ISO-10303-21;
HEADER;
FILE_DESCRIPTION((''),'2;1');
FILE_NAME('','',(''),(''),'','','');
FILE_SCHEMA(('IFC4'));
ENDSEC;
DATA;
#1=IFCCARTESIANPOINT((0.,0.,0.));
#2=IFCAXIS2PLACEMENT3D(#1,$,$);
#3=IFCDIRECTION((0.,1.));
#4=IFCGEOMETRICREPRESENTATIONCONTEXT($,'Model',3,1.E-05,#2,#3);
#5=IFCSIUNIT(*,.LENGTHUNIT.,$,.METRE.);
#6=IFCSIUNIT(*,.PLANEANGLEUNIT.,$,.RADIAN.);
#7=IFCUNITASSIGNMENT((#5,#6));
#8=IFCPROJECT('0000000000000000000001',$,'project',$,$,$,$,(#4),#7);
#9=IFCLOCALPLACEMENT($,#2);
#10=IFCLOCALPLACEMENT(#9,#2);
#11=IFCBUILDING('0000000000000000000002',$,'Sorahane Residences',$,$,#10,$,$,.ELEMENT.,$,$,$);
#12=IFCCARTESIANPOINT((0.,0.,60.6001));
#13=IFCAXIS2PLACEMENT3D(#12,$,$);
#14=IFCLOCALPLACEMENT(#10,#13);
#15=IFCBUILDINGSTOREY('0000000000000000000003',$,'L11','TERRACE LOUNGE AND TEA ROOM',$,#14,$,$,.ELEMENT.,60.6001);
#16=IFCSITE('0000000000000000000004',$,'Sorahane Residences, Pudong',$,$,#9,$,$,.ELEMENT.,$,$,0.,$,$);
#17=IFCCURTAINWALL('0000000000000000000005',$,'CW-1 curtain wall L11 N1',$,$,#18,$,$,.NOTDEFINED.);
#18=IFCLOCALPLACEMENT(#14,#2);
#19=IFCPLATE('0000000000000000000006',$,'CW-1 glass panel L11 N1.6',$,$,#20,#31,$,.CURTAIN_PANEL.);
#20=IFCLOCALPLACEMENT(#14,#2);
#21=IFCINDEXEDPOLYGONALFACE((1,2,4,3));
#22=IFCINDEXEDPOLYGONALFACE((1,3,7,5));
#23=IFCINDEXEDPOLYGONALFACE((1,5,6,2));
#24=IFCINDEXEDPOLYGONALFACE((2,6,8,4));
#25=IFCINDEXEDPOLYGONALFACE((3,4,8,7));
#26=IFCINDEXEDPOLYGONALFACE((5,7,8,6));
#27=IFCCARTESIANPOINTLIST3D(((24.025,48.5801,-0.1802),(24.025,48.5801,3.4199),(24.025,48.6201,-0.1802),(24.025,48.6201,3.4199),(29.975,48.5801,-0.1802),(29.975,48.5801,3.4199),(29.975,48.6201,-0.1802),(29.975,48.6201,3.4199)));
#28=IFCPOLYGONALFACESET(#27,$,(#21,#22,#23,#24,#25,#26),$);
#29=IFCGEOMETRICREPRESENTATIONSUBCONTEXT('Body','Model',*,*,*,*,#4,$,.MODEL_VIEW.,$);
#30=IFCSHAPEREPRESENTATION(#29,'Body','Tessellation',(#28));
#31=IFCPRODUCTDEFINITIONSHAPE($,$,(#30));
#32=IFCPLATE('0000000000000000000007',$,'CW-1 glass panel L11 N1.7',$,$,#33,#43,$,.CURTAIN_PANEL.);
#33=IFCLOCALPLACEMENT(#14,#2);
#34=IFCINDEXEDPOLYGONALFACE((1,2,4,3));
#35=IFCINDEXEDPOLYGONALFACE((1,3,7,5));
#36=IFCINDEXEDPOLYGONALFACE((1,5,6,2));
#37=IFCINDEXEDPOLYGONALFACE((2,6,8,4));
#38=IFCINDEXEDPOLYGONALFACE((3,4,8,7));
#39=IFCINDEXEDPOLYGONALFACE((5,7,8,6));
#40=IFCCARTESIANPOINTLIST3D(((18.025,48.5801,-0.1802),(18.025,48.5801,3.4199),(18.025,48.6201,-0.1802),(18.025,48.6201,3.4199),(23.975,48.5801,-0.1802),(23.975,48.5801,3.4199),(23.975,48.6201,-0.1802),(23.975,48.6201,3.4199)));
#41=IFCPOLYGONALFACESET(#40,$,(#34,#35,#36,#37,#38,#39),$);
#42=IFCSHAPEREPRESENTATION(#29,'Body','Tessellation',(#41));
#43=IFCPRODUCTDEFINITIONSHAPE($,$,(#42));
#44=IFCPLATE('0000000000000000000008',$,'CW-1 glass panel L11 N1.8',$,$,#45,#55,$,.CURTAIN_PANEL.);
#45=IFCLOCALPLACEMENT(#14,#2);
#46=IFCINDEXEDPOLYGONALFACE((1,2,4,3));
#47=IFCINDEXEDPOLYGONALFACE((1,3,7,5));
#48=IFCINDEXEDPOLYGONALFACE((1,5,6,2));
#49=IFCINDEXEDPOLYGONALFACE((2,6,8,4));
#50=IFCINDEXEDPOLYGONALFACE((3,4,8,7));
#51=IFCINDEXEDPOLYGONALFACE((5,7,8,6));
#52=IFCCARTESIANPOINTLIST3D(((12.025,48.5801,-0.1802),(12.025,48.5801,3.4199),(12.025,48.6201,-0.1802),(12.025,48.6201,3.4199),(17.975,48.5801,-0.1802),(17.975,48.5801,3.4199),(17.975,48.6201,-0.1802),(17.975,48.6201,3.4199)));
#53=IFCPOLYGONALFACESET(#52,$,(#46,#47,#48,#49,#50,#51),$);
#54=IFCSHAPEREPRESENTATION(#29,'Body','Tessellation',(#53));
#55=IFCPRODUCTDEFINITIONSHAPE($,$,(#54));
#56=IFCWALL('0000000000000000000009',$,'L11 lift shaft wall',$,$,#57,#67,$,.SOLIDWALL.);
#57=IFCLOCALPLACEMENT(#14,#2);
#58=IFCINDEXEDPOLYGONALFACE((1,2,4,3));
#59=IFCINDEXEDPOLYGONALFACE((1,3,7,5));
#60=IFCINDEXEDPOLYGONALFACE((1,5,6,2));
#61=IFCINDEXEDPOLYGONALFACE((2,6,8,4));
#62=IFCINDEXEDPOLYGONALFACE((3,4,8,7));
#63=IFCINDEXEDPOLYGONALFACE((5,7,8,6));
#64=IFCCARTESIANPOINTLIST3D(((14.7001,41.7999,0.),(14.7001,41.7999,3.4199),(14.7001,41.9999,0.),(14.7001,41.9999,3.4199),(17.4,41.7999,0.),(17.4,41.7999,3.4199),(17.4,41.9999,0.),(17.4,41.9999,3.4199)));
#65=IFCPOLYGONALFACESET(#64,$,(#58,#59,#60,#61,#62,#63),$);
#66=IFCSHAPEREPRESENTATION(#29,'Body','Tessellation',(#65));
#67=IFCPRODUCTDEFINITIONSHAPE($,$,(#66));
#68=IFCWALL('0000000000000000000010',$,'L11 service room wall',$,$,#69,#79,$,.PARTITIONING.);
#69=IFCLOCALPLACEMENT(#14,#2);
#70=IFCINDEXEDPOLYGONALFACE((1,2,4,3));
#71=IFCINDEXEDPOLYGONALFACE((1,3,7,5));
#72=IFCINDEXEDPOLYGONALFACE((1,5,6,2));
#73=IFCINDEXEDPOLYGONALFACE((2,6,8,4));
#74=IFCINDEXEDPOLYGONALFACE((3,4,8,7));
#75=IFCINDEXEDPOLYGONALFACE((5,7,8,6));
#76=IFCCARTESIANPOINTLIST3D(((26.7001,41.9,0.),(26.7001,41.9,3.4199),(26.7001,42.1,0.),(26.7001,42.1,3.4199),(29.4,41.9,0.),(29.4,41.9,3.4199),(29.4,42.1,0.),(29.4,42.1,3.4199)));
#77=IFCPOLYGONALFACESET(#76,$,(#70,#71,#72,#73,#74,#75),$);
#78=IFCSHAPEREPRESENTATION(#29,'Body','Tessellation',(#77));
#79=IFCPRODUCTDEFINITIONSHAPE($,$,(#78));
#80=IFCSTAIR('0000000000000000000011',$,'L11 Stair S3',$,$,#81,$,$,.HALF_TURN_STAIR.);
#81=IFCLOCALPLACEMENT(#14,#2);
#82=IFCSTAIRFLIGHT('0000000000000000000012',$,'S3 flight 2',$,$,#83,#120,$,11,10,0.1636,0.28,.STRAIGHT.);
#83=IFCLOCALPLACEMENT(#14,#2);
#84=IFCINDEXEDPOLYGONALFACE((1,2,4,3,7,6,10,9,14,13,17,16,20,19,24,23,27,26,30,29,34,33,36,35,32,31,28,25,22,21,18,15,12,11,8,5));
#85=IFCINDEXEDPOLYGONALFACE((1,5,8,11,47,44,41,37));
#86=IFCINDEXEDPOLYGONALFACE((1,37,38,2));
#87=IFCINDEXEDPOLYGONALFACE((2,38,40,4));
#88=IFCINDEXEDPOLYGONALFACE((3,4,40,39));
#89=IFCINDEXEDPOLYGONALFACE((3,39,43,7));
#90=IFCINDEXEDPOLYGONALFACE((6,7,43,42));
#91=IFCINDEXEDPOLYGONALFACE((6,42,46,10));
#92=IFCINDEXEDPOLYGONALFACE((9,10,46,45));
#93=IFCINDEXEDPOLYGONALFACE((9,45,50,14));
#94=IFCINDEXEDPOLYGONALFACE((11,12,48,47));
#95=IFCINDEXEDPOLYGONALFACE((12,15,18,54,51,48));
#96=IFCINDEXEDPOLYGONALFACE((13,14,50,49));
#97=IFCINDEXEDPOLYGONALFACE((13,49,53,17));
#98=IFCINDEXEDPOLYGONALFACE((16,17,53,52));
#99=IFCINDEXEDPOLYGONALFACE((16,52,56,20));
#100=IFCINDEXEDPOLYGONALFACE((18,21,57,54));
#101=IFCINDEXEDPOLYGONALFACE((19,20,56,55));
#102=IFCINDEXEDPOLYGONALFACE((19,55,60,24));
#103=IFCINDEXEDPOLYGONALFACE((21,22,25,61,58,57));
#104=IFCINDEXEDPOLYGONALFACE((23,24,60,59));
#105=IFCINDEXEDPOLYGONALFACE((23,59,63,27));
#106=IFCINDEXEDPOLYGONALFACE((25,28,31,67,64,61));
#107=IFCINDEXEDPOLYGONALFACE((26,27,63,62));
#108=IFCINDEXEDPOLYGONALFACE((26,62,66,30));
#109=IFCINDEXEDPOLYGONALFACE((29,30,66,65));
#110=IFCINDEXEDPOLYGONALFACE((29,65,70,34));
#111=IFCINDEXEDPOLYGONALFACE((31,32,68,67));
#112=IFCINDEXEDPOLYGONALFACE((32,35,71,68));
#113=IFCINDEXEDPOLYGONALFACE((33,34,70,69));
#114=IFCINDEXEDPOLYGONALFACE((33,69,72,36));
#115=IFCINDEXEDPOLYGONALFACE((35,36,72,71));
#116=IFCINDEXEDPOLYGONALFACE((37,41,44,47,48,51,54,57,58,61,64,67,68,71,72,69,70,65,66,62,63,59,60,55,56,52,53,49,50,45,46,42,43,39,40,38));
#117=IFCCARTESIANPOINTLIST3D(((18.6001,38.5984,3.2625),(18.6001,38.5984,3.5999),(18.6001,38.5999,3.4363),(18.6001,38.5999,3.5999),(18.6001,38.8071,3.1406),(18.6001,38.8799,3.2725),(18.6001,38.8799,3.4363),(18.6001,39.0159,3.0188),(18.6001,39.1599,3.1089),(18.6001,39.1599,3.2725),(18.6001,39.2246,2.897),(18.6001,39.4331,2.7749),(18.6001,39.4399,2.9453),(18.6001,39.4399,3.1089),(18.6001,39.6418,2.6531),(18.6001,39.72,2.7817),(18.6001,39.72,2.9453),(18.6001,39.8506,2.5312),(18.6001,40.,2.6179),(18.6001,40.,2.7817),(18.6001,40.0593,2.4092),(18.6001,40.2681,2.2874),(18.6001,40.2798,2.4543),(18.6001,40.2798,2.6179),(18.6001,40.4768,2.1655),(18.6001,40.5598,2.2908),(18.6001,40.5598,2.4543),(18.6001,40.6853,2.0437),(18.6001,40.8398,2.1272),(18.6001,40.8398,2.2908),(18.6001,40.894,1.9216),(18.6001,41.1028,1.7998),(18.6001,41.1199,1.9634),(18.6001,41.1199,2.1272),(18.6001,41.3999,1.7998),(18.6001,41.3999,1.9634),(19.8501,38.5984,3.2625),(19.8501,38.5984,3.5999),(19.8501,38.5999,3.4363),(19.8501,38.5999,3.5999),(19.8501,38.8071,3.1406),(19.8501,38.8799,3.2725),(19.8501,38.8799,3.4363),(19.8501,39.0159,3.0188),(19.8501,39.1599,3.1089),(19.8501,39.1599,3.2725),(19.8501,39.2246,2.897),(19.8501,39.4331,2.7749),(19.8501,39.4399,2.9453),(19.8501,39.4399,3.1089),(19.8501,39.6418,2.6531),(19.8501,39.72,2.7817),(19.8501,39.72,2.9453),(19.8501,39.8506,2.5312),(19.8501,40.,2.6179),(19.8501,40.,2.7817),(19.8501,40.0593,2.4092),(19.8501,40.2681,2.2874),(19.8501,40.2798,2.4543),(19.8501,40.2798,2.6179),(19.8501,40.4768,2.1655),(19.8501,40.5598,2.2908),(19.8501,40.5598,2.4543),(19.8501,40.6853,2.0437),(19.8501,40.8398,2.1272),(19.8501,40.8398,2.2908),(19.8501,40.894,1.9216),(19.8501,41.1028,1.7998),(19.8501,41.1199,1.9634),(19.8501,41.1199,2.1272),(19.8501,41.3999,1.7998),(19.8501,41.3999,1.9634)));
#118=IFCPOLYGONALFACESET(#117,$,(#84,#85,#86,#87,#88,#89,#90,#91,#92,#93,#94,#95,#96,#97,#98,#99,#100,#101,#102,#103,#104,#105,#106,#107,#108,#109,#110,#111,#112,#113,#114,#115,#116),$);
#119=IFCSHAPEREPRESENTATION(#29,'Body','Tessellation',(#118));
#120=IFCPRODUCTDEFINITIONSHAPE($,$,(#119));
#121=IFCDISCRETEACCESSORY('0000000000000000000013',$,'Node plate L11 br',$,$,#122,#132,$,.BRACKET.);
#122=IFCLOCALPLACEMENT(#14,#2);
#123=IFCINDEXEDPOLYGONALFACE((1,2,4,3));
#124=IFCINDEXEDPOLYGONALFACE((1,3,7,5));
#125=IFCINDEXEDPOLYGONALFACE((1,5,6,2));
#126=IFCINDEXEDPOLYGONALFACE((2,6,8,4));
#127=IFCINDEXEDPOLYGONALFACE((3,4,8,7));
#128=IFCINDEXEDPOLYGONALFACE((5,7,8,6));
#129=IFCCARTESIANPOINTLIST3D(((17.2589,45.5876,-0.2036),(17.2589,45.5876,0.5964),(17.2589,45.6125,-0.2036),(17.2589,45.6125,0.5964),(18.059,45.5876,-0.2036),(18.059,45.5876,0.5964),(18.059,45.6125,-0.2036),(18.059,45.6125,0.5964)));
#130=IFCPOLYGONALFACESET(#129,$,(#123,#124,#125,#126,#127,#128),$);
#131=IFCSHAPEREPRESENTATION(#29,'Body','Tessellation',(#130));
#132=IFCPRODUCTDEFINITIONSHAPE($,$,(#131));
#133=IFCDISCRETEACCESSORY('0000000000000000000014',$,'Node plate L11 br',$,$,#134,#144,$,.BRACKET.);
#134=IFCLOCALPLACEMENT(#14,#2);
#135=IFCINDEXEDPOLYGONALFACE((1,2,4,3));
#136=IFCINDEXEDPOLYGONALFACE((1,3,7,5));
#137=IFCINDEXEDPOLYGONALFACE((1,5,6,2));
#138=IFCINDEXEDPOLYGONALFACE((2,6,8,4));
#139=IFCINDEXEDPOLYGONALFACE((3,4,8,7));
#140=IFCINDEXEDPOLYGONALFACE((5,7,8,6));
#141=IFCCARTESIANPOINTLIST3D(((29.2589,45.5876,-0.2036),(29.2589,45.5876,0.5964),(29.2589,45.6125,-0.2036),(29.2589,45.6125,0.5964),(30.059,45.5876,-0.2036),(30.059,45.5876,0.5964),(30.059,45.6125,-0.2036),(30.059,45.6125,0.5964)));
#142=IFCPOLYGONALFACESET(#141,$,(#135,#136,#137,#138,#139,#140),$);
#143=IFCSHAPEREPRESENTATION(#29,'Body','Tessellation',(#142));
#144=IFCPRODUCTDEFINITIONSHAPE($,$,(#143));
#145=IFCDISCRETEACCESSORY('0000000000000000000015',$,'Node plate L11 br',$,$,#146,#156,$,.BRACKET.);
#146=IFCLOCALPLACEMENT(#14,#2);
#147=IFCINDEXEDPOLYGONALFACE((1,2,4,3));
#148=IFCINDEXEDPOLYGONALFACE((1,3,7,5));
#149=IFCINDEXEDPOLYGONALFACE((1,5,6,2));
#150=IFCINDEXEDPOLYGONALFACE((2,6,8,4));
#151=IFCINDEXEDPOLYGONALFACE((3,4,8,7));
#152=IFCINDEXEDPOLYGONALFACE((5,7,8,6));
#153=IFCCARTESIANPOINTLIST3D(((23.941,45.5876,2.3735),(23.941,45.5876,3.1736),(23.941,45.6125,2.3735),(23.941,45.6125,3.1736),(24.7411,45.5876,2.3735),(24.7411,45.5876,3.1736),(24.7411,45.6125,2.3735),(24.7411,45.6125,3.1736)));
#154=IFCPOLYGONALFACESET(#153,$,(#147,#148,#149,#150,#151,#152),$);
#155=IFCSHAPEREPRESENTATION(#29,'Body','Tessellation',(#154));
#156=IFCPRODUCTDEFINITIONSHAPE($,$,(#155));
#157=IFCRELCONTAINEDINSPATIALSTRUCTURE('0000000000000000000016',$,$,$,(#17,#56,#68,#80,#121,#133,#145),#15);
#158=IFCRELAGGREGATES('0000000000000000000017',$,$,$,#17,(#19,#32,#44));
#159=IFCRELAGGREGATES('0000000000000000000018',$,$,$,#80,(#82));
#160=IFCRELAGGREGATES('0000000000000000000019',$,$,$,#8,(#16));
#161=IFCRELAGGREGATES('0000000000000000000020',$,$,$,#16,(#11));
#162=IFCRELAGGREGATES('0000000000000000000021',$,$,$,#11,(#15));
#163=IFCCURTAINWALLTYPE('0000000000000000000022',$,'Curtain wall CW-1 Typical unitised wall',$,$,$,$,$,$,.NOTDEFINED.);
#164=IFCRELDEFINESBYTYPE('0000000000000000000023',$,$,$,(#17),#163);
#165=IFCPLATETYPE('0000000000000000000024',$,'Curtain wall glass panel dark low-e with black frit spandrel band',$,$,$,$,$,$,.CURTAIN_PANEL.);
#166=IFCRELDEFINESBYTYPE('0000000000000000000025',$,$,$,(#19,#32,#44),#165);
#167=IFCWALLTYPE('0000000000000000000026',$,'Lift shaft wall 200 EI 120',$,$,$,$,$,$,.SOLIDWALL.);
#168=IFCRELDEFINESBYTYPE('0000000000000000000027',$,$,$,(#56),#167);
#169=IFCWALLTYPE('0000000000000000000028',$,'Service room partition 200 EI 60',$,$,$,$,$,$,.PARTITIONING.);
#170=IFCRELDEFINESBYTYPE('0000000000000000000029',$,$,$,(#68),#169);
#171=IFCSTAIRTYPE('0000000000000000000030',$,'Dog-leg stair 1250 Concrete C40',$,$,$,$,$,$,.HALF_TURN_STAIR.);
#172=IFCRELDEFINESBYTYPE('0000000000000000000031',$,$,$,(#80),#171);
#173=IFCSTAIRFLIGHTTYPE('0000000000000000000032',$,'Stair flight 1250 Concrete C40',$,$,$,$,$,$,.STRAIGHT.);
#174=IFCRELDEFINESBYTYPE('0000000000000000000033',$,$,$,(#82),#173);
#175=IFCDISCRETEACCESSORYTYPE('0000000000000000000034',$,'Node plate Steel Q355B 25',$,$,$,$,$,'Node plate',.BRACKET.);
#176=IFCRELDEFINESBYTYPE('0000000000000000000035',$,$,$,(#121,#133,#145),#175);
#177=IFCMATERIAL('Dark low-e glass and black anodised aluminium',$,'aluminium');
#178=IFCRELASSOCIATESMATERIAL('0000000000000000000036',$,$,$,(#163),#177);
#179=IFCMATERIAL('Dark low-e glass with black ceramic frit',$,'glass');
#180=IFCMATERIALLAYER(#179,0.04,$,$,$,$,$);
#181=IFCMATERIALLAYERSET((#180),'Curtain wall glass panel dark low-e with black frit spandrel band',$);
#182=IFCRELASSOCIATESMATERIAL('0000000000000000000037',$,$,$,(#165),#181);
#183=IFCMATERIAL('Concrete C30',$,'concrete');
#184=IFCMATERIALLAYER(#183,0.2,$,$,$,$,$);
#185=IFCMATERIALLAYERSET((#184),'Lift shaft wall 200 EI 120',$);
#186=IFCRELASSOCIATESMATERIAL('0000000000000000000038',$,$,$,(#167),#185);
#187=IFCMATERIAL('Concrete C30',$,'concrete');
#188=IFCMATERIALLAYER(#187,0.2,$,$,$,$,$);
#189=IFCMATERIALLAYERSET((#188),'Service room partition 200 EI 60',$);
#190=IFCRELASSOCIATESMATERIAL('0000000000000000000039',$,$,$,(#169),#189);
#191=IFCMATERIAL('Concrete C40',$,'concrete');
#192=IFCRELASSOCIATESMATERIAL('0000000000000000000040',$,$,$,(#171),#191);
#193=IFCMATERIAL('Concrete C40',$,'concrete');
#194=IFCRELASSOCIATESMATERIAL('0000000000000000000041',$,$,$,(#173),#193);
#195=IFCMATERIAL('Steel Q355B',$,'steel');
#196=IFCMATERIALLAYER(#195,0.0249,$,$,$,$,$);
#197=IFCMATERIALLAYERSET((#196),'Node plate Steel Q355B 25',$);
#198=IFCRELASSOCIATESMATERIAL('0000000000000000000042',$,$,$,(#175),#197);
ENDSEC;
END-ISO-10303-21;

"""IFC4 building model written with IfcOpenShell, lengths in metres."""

from ifc_helpers import new_model, si_unit, direction, frame, frame_2d, origin, origin_2d, place, context, subcontext, project, spatial, polyline, rectangle, outline, extrude, material, layer, layer_set, type_object, element, aggregate, save


model = new_model("IFC4")

# Units and contexts
model_context = context("Model", 3, precision=1e-05, world=origin(), true_north=direction((0.0, 1.0)))
body_context = subcontext(model_context, "Body", "Model", "MODEL_VIEW")
ifc_project = project(units=[si_unit("LENGTHUNIT", "METRE"), si_unit("PLANEANGLEUNIT", "RADIAN")], contexts=[model_context])

# Site, building, storey
site_placement = place(None, origin())
site = spatial("IfcSite", under=ifc_project, at=site_placement, Name="Sorahane Residences, Pudong", CompositionType="ELEMENT", RefElevation=0.0)
building_placement = place(site_placement, origin())
building = spatial("IfcBuilding", under=site, at=building_placement, Name="Sorahane Residences", CompositionType="ELEMENT")
storey_placement = place(building_placement, frame((0.0, 0.0, 60.6001)))
storey = spatial("IfcBuildingStorey", under=building, at=storey_placement, Name="L11", Description="TERRACE LOUNGE AND TEA ROOM", CompositionType="ELEMENT", Elevation=60.6001)

# Curtain wall
ifc_material_1 = material(Name="Dark low-e glass and black anodised aluminium", Category="aluminium")
curtain_wall_type = type_object("IfcCurtainWallType", Name="Curtain wall CW-1 Typical unitised wall", PredefinedType="NOTDEFINED", material=ifc_material_1)
curtain_wall_placement = place(storey_placement, origin())
curtain_wall = element("IfcCurtainWall", 1, at=curtain_wall_placement, inside=storey, type_object=curtain_wall_type, Name="CW-1 curtain wall L11 N1", PredefinedType="NOTDEFINED")

# Plates
ifc_material_2 = material(Name="Dark low-e glass with black ceramic frit", Category="glass")
ifc_layer_1 = layer(ifc_material_2, 0.04)
ifc_layer_set_1 = layer_set([ifc_layer_1], Name="Curtain wall glass panel dark low-e with black frit spandrel band")
plate_type = type_object("IfcPlateType", Name="Curtain wall glass panel dark low-e with black frit spandrel band", PredefinedType="CURTAIN_PANEL", material=ifc_layer_set_1)
plate_1_placement = place(storey_placement, frame((27.0, 48.6001, -0.1802), z_axis=(0.0, 0.0, 1.0), x_axis=(-1.0, 0.0, 0.0)))
plate_1 = element("IfcPlate", 2, at=plate_1_placement, type_object=plate_type, Name="CW-1 glass panel L11 N1.6", PredefinedType="CURTAIN_PANEL", context=body_context, shape_type="SweptSolid", body=[
    extrude(rectangle(XDim=5.95, YDim=0.04, at=origin_2d()), origin(), (0.0, 0.0, 1.0), 3.6001),
])
plate_2_placement = place(storey_placement, frame((21.0, 48.6001, -0.1802), z_axis=(0.0, 0.0, 1.0), x_axis=(-1.0, 0.0, 0.0)))
plate_2 = element("IfcPlate", 3, at=plate_2_placement, type_object=plate_type, Name="CW-1 glass panel L11 N1.7", PredefinedType="CURTAIN_PANEL", context=body_context, shape_type="SweptSolid", body=[
    extrude(rectangle(XDim=5.95, YDim=0.04, at=origin_2d()), origin(), (0.0, 0.0, 1.0), 3.6001),
])
plate_3_placement = place(storey_placement, frame((15.0, 48.6001, -0.1802), z_axis=(0.0, 0.0, 1.0), x_axis=(-1.0, 0.0, 0.0)))
plate_3 = element("IfcPlate", 4, at=plate_3_placement, type_object=plate_type, Name="CW-1 glass panel L11 N1.8", PredefinedType="CURTAIN_PANEL", context=body_context, shape_type="SweptSolid", body=[
    extrude(rectangle(XDim=5.95, YDim=0.04, at=origin_2d()), origin(), (0.0, 0.0, 1.0), 3.6001),
])
aggregate(curtain_wall, [plate_1, plate_2, plate_3])

# Walls
ifc_material_3 = material(Name="Concrete C30", Category="concrete")
ifc_layer_2 = layer(ifc_material_3, 0.2)
ifc_layer_set_2 = layer_set([ifc_layer_2], Name="Lift shaft wall 200 EI 120")
wall_type_1 = type_object("IfcWallType", Name="Lift shaft wall 200 EI 120", PredefinedType="SOLIDWALL", material=ifc_layer_set_2)
wall_1_placement = place(storey_placement, frame((14.7, 41.8999, 0.0), z_axis=(0.0, 0.0, 1.0), x_axis=(1.0, 0.0, 0.0)))
element("IfcWall", 5, at=wall_1_placement, inside=storey, type_object=wall_type_1, Name="L11 lift shaft wall", PredefinedType="SOLIDWALL", context=body_context, shape_type="SweptSolid", body=[
    extrude(rectangle(XDim=2.7, YDim=0.2, at=frame_2d((1.3501, 0.0))), origin(), (0.0, 0.0, 1.0), 3.4199),
])
ifc_material_4 = material(Name="Concrete C30", Category="concrete")
ifc_layer_3 = layer(ifc_material_4, 0.2)
ifc_layer_set_3 = layer_set([ifc_layer_3], Name="Service room partition 200 EI 60")
wall_type_2 = type_object("IfcWallType", Name="Service room partition 200 EI 60", PredefinedType="PARTITIONING", material=ifc_layer_set_3)
wall_2_placement = place(storey_placement, frame((26.7, 42.0, 0.0), z_axis=(0.0, 0.0, 1.0), x_axis=(1.0, 0.0, 0.0)))
element("IfcWall", 6, at=wall_2_placement, inside=storey, type_object=wall_type_2, Name="L11 service room wall", PredefinedType="PARTITIONING", context=body_context, shape_type="SweptSolid", body=[
    extrude(rectangle(XDim=2.7, YDim=0.2, at=frame_2d((1.3501, 0.0))), origin(), (0.0, 0.0, 1.0), 3.4199),
])

# Stair, stair flight
ifc_material_5 = material(Name="Concrete C40", Category="concrete")
stair_type = type_object("IfcStairType", Name="Dog-leg stair 1250 Concrete C40", PredefinedType="HALF_TURN_STAIR", material=ifc_material_5)
stair_placement = place(storey_placement, origin())
stair = element("IfcStair", 7, at=stair_placement, inside=storey, type_object=stair_type, Name="L11 Stair S3", PredefinedType="HALF_TURN_STAIR")
ifc_material_6 = material(Name="Concrete C40", Category="concrete")
stair_flight_type = type_object("IfcStairFlightType", Name="Stair flight 1250 Concrete C40", PredefinedType="STRAIGHT", material=ifc_material_6)
stair_flight_placement = place(storey_placement, frame((19.2251, 41.3999, 1.7998), z_axis=(0.0, 0.0, 1.0), x_axis=(0.0, -1.0, 0.0)))
stair_flight = element("IfcStairFlight", 8, at=stair_flight_placement, type_object=stair_flight_type, Name="S3 flight 2", NumberOfRisers=11, NumberOfTreads=10, PredefinedType="STRAIGHT", RiserHeight=0.1636, TreadLength=0.28, context=body_context, shape_type="SweptSolid", body=[
    extrude(outline(polyline([(0.0, 0.0), (0.0, 0.1636), (0.28, 0.1636), (0.28, 0.3274), (0.5601, 0.3274), (0.5601, 0.491), (0.8401, 0.491), (0.8401, 0.6545), (1.1201, 0.6545), (1.1201, 0.8181), (1.3999, 0.8181), (1.3999, 0.9819), (1.6799, 0.9819), (1.6799, 1.1455), (1.96, 1.1455), (1.96, 1.3091), (2.24, 1.3091), (2.24, 1.4727), (2.52, 1.4727), (2.52, 1.6365), (2.8, 1.6365), (2.8, 1.8), (2.8015, 1.8), (2.8015, 1.4626), (2.5928, 1.3408), (2.384, 1.219), (2.1753, 1.0972), (1.9668, 0.9751), (1.7581, 0.8533), (1.5493, 0.7314), (1.3406, 0.6094), (1.1318, 0.4875), (0.9231, 0.3657), (0.7146, 0.2439), (0.5059, 0.1218), (0.2971, 0.0), (0.0, 0.0)])), frame((0.0, 0.625, 0.0), z_axis=(0.0, -1.0, 0.0), x_axis=(1.0, 0.0, 0.0)), (0.0, 0.0, 1.0), 1.25),
])
aggregate(stair, [stair_flight])

# Discrete accessories
ifc_material_7 = material(Name="Steel Q355B", Category="steel")
ifc_layer_4 = layer(ifc_material_7, 0.0249)
ifc_layer_set_4 = layer_set([ifc_layer_4], Name="Node plate Steel Q355B 25")
discrete_accessory_type = type_object("IfcDiscreteAccessoryType", Name="Node plate Steel Q355B 25", ElementType="Node plate", PredefinedType="BRACKET", material=ifc_layer_set_4)
for number, where, z_axis, x_axis, name in (
    (9, (17.6589, 45.6001, -0.2036), (0.0, 0.0, 1.0), (1.0, 0.0, 0.0), "Node plate L11 br"),
    (10, (29.6589, 45.6001, -0.2036), (0.0, 0.0, 1.0), (1.0, 0.0, 0.0), "Node plate L11 br"),
    (11, (24.3411, 45.6001, 2.3735), (0.0, 0.0, 1.0), (1.0, 0.0, 0.0), "Node plate L11 br"),
):
    element("IfcDiscreteAccessory", number, at=place(storey_placement, frame(where, z_axis=z_axis, x_axis=x_axis)), inside=storey, type_object=discrete_accessory_type, Name=name, PredefinedType="BRACKET", context=body_context, shape_type="SweptSolid", body=[
        extrude(rectangle(XDim=0.8, YDim=0.0249, at=origin_2d()), origin(), (0.0, 0.0, 1.0), 0.8),
    ])

save(model, "model.ifc")
